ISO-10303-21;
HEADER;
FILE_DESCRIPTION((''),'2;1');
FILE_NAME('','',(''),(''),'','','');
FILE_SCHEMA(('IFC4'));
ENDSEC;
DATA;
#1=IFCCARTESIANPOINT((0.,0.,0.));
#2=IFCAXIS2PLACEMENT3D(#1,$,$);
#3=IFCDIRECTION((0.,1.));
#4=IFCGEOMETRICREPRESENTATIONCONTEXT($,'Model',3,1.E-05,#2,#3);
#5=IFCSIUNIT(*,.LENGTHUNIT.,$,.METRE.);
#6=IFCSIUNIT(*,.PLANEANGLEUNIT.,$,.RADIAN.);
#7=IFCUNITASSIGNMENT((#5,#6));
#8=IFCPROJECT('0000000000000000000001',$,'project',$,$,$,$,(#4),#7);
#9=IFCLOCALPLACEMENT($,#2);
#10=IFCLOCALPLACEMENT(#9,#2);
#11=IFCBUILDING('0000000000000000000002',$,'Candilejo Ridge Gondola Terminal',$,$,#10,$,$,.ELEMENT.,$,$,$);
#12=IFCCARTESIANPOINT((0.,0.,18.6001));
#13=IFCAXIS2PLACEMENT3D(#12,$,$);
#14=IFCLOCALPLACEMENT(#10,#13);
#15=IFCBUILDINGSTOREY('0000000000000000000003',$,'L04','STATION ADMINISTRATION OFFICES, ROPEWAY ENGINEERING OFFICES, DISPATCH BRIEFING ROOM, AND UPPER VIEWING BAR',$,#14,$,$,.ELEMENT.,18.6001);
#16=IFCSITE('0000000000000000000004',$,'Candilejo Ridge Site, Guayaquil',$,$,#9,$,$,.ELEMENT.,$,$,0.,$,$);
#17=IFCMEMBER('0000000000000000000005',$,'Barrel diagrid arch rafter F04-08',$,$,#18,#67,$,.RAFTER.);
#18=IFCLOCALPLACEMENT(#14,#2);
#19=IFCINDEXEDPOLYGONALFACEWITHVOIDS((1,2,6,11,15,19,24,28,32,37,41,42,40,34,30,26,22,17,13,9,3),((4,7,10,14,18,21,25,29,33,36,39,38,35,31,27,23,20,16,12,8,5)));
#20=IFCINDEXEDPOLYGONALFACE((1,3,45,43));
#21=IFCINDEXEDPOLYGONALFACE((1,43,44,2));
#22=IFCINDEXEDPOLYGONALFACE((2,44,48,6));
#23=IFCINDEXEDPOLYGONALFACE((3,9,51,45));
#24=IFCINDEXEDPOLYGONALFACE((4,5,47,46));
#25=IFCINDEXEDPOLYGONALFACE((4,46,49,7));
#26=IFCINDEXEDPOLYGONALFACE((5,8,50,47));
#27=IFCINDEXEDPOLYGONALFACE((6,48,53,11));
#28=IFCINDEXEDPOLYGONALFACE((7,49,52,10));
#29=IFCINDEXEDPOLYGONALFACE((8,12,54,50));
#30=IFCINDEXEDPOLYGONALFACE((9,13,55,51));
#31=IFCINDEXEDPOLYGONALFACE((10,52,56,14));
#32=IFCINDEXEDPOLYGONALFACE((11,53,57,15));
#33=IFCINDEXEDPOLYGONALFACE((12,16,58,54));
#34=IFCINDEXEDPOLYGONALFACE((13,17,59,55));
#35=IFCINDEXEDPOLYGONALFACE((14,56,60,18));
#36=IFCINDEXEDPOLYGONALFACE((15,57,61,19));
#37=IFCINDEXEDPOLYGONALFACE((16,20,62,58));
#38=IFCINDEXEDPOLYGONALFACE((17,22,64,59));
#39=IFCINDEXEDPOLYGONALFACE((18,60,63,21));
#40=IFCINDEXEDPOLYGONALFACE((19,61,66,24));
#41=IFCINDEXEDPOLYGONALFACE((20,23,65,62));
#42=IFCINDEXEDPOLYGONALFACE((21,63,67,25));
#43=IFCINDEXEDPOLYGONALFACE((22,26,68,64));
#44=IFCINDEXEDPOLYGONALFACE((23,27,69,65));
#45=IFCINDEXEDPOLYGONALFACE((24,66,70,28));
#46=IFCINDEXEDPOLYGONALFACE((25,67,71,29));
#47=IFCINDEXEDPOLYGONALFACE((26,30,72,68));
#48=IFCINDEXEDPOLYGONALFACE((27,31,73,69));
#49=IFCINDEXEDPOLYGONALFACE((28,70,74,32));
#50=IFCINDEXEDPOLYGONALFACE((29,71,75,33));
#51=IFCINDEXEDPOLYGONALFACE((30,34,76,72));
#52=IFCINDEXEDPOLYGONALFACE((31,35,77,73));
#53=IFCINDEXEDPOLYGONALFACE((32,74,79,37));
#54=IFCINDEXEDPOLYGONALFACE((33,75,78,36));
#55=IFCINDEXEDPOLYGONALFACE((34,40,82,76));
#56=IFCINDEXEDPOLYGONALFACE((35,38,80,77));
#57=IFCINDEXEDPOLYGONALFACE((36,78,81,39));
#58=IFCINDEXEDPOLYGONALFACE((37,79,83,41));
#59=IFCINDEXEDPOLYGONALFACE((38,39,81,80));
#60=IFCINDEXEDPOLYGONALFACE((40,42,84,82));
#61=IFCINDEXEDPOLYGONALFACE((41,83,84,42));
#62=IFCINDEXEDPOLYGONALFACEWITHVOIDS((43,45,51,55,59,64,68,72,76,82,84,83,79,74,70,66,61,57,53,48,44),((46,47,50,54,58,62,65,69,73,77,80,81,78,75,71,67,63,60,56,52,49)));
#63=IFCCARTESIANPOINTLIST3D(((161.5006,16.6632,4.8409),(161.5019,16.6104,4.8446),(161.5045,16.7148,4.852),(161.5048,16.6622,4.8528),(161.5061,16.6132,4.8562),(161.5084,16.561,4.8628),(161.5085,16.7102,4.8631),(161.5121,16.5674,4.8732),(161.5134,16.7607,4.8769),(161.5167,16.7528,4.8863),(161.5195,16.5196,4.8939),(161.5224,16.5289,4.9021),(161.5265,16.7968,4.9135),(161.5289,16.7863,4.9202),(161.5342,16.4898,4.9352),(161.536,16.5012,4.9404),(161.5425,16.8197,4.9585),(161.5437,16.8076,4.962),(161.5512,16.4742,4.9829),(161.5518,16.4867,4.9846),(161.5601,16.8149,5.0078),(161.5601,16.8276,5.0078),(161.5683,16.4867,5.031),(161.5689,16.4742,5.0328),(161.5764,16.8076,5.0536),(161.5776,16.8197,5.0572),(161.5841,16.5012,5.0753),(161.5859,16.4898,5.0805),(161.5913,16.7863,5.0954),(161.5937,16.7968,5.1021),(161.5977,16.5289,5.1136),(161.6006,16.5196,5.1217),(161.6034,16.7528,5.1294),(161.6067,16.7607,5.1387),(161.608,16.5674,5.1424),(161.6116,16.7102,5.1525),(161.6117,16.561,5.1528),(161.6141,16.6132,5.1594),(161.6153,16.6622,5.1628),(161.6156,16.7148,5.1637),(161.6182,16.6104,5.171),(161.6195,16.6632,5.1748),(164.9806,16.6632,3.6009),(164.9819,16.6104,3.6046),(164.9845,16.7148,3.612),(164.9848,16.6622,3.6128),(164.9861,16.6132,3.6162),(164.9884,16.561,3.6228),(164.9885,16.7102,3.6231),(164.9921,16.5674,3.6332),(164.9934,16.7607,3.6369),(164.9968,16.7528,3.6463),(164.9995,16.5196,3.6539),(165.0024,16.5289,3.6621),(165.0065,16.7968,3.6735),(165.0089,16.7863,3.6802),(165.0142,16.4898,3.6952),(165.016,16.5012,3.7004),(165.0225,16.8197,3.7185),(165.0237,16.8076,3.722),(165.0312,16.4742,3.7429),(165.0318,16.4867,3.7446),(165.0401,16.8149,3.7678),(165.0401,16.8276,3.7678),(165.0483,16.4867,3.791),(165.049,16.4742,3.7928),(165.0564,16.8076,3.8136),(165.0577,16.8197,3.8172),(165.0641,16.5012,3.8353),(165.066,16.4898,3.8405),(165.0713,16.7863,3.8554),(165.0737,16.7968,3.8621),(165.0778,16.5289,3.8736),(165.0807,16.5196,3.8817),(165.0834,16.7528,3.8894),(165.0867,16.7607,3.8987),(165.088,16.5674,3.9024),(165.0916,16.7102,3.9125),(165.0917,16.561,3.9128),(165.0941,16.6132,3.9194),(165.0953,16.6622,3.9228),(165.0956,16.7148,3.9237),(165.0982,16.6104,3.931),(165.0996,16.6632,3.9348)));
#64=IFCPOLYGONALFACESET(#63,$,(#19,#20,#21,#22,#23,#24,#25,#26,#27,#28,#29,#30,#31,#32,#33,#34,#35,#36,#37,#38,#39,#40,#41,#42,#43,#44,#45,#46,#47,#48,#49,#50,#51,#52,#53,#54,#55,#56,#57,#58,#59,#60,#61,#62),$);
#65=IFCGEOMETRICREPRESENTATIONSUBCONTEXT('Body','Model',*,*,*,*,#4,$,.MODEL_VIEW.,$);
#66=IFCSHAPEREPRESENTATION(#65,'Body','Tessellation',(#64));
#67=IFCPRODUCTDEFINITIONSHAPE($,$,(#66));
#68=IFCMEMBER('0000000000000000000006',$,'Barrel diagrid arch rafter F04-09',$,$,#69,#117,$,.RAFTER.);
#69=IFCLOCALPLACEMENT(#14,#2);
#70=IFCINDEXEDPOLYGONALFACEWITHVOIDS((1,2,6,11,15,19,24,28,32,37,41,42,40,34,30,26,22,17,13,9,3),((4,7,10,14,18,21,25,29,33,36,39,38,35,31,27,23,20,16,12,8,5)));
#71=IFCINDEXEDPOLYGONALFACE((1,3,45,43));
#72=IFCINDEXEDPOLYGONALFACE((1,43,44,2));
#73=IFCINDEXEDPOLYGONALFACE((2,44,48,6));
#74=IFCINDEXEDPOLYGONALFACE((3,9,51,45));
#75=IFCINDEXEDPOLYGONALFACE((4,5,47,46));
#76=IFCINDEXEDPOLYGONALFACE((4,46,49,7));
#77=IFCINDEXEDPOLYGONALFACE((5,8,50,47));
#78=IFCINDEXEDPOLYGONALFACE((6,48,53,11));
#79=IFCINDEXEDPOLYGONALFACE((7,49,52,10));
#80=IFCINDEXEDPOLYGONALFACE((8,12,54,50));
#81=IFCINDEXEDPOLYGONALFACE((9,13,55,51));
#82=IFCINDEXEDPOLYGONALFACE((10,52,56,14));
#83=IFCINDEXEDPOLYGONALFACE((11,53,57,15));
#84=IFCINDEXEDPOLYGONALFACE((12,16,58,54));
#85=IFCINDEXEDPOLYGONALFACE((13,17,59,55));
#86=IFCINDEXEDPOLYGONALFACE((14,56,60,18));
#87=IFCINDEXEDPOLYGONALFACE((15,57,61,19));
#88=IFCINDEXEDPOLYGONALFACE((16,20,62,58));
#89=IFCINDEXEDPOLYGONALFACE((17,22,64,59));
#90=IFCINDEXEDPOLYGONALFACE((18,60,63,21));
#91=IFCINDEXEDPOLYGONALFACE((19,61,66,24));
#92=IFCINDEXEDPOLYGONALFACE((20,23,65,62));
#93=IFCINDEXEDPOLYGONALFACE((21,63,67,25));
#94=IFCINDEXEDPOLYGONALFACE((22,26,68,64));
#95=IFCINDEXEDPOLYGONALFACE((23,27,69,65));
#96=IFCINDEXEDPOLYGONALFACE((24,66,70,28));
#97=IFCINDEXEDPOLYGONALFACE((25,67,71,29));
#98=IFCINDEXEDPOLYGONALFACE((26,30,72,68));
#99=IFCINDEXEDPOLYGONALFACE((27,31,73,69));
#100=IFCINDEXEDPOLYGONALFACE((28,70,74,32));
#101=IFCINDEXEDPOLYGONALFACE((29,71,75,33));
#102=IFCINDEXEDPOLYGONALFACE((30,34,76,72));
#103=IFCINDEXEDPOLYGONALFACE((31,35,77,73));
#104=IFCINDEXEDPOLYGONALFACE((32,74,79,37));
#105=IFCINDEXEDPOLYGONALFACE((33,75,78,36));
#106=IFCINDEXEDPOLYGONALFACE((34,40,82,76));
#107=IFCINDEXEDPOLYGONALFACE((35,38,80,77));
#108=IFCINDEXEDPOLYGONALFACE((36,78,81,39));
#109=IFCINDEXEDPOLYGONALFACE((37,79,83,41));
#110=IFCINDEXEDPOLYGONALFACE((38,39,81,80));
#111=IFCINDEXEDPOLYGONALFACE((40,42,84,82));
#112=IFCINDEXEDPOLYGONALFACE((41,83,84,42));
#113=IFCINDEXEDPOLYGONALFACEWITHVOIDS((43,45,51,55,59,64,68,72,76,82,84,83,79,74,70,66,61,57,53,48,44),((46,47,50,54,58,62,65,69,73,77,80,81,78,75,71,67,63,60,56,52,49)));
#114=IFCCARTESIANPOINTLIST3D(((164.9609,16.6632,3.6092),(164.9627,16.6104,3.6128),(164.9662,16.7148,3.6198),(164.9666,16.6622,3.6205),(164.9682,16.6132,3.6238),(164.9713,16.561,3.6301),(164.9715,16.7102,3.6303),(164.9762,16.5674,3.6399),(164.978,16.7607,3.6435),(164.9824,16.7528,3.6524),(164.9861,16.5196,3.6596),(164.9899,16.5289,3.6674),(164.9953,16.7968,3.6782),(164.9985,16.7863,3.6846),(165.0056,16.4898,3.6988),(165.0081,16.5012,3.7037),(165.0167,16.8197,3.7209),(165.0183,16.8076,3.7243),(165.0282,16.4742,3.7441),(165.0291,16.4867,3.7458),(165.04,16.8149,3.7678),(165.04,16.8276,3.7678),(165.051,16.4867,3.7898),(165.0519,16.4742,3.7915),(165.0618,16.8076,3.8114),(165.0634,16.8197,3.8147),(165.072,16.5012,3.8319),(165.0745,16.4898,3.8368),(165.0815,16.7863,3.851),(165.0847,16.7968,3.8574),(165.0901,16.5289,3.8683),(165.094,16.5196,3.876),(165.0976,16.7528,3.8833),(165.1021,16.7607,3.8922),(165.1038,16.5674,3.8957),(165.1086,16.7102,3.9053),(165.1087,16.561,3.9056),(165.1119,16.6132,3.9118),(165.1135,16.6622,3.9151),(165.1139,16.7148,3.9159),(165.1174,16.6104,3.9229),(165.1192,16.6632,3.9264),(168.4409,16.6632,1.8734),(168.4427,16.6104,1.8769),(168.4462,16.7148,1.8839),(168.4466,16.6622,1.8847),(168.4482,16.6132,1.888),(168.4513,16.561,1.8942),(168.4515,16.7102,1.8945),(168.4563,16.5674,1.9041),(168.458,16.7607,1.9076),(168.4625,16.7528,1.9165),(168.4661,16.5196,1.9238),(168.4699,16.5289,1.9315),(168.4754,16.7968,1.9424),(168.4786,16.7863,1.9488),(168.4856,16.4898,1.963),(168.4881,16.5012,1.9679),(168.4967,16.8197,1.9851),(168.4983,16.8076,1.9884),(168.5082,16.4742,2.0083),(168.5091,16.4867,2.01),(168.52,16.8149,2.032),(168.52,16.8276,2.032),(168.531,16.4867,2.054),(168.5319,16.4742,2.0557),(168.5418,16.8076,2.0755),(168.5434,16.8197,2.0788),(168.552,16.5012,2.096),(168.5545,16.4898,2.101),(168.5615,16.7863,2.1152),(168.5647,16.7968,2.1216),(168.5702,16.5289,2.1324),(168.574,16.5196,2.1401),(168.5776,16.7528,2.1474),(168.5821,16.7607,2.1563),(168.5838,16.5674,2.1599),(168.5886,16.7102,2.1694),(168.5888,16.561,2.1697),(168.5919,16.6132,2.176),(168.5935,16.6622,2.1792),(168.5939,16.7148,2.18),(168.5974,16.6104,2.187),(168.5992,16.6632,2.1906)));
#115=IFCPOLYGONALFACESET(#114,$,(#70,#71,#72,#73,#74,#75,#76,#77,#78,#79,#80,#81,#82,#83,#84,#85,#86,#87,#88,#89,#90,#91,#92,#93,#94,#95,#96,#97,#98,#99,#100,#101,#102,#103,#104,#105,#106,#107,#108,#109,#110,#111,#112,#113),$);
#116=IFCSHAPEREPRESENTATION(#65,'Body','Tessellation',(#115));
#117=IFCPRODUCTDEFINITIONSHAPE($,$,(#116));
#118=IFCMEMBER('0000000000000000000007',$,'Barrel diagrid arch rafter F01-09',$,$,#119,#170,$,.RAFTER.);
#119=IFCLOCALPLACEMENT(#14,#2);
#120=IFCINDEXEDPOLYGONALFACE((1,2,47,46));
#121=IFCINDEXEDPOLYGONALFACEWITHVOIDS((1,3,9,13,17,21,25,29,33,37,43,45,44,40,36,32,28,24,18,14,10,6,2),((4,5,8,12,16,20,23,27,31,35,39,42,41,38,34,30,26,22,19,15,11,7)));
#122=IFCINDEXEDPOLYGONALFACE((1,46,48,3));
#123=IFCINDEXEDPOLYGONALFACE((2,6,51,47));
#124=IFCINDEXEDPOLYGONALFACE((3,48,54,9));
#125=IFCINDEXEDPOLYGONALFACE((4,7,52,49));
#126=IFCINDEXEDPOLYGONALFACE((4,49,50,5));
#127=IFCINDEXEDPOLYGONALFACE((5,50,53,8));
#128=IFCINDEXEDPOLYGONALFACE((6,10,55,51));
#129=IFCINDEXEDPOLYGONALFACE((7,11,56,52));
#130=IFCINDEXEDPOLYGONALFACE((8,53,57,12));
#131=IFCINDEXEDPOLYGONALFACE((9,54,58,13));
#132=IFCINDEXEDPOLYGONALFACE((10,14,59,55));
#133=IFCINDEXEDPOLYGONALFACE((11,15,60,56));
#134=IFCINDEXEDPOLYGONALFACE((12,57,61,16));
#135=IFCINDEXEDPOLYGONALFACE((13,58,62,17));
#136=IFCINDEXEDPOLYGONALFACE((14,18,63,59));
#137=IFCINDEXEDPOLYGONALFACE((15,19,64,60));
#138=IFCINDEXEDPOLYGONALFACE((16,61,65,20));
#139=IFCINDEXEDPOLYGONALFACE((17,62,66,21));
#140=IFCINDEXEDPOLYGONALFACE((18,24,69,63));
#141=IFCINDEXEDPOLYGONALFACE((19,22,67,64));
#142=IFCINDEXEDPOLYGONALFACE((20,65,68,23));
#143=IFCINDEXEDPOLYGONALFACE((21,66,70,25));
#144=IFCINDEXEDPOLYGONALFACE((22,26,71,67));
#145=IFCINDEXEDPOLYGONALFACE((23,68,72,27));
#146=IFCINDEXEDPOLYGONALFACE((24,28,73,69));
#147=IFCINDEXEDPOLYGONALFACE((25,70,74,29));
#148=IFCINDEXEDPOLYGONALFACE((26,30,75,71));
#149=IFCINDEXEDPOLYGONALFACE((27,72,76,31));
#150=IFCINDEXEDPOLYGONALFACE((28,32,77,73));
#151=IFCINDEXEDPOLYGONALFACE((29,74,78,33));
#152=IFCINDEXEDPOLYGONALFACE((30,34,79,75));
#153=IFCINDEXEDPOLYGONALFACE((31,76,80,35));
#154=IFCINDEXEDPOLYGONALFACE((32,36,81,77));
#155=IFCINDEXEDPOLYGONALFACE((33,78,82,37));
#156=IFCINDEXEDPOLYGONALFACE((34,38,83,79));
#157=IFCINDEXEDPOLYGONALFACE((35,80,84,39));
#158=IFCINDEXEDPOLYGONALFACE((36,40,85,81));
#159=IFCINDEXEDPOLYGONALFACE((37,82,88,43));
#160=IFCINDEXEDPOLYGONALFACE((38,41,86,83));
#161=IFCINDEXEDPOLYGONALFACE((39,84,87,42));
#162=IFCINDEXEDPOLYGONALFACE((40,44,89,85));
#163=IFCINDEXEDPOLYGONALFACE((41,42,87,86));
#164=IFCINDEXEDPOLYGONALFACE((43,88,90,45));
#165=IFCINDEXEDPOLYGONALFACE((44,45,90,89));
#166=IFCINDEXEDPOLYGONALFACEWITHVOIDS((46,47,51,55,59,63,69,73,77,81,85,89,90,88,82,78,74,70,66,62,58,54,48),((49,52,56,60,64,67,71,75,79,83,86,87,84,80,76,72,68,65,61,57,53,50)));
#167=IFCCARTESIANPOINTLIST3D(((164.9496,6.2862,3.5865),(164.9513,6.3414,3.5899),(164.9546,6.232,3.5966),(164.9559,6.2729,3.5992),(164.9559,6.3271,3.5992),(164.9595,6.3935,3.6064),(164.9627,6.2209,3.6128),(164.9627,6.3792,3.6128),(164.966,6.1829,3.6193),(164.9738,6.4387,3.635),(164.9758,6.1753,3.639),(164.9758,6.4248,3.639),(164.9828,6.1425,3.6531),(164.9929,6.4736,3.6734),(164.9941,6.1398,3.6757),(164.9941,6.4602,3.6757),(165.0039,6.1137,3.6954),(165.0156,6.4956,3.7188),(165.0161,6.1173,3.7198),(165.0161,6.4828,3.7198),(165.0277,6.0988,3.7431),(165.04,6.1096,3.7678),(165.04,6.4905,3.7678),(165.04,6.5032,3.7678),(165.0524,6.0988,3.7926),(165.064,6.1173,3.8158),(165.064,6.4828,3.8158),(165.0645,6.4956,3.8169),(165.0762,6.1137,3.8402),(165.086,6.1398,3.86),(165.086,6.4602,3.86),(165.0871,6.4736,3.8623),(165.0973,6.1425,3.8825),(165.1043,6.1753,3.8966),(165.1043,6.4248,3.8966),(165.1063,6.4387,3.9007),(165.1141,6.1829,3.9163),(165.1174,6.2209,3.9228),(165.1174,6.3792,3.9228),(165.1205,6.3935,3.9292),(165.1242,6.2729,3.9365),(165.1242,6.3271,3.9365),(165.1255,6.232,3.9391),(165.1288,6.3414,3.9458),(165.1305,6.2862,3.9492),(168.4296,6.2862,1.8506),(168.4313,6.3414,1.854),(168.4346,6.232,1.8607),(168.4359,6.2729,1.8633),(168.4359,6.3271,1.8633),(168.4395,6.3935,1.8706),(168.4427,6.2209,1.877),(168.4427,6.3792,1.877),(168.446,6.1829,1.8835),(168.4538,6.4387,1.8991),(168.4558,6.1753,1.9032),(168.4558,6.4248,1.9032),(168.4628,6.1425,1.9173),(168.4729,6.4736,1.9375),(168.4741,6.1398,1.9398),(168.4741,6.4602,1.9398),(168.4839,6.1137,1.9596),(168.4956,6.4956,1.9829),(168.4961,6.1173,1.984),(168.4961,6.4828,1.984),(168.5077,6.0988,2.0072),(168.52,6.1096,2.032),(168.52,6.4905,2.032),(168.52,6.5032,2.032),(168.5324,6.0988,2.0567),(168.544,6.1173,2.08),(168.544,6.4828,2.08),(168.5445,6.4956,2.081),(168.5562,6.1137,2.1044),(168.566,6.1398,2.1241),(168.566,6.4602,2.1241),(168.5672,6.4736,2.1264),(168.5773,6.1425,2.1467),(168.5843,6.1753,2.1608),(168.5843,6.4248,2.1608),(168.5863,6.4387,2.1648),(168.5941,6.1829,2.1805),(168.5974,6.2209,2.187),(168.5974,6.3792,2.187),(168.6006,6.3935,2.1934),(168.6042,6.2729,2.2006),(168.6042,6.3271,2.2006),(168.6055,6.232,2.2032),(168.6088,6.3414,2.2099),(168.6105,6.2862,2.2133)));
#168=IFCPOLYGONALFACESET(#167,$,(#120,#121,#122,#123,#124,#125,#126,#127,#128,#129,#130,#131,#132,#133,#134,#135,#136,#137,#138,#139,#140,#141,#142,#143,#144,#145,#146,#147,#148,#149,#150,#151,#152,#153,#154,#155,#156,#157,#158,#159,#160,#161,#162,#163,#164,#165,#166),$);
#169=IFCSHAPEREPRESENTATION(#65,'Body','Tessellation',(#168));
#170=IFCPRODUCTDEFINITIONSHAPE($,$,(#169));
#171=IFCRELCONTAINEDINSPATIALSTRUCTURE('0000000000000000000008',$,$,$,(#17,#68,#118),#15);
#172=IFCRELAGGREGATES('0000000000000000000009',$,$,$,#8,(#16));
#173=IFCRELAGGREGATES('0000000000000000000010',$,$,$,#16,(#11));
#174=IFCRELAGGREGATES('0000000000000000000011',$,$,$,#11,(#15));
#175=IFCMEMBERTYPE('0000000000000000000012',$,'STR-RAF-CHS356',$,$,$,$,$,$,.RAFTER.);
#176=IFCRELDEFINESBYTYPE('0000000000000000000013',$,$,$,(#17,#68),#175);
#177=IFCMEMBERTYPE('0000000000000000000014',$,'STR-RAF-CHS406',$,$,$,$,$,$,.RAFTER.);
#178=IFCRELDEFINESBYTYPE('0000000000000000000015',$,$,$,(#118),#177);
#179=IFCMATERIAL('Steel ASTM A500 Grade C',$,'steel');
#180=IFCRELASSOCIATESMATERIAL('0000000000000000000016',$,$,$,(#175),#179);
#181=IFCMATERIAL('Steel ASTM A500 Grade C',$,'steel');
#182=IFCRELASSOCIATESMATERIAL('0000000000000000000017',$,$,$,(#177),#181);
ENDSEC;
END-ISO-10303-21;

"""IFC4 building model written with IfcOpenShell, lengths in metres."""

from ifc_helpers import new_model, si_unit, direction, frame, origin, origin_2d, place, context, subcontext, project, spatial, hollow_circle, extrude, material, material_profile, profile_set, type_object, element, save


model = new_model("IFC4")

# Units and contexts
model_context = context("Model", 3, precision=1e-05, world=origin(), true_north=direction((0.0, 1.0)))
body_context = subcontext(model_context, "Body", "Model", "MODEL_VIEW")
ifc_project = project(units=[si_unit("LENGTHUNIT", "METRE"), si_unit("PLANEANGLEUNIT", "RADIAN")], contexts=[model_context])

# Site, building, storey
site_placement = place(None, origin())
site = spatial("IfcSite", under=ifc_project, at=site_placement, Name="Candilejo Ridge Site, Guayaquil", CompositionType="ELEMENT", RefElevation=0.0)
building_placement = place(site_placement, origin())
building = spatial("IfcBuilding", under=site, at=building_placement, Name="Candilejo Ridge Gondola Terminal", CompositionType="ELEMENT")
storey_placement = place(building_placement, frame((0.0, 0.0, 18.6001)))
storey = spatial("IfcBuildingStorey", under=building, at=storey_placement, Name="L04", Description="STATION ADMINISTRATION OFFICES, ROPEWAY ENGINEERING OFFICES, DISPATCH BRIEFING ROOM, AND UPPER VIEWING BAR", CompositionType="ELEMENT", Elevation=18.6001)

# Members
ifc_material_1 = material(Name="Steel ASTM A500 Grade C", Category="steel")
ifc_material_profile_1 = material_profile(ifc_material_1, hollow_circle(Radius=0.1777, WallThickness=0.0127, at=origin_2d()))
ifc_profile_set_1 = profile_set([ifc_material_profile_1], Name="Steel ASTM A500 Grade C")
member_type_1 = type_object("IfcMemberType", Name="STR-RAF-CHS356", PredefinedType="RAFTER", material=ifc_profile_set_1)
member_1_placement = place(storey_placement, frame((161.5601, 16.6499, 5.0078), z_axis=(0.941987, 0.0, -0.33565), x_axis=(0.0, 1.0, 0.0)))
element("IfcMember", 1, at=member_1_placement, inside=storey, type_object=member_type_1, Name="Barrel diagrid arch rafter F04-08", PredefinedType="RAFTER", context=body_context, shape_type="SweptSolid", body=[
    extrude(hollow_circle(Radius=0.1777, WallThickness=0.0127, at=origin_2d()), origin(), (0.0, 0.0, 1.0), 3.6943),
])
member_2_placement = place(storey_placement, frame((165.04, 16.6499, 3.7678), z_axis=(0.894854, 0.0, -0.44636), x_axis=(0.0, 1.0, 0.0)))
element("IfcMember", 2, at=member_2_placement, inside=storey, type_object=member_type_1, Name="Barrel diagrid arch rafter F04-09", PredefinedType="RAFTER", context=body_context, shape_type="SweptSolid", body=[
    extrude(hollow_circle(Radius=0.1777, WallThickness=0.0127, at=origin_2d()), origin(), (0.0, 0.0, 1.0), 3.8889),
])
ifc_material_2 = material(Name="Steel ASTM A500 Grade C", Category="steel")
ifc_material_profile_2 = material_profile(ifc_material_2, hollow_circle(Radius=0.2031, WallThickness=0.0127, at=origin_2d()))
ifc_profile_set_2 = profile_set([ifc_material_profile_2], Name="Steel ASTM A500 Grade C")
member_type_2 = type_object("IfcMemberType", Name="STR-RAF-CHS406", PredefinedType="RAFTER", material=ifc_profile_set_2)
member_3_placement = place(storey_placement, frame((165.04, 6.3, 3.7678), z_axis=(0.894854, 0.0, -0.44636), x_axis=(0.0, 1.0, 0.0)))
element("IfcMember", 3, at=member_3_placement, inside=storey, type_object=member_type_2, Name="Barrel diagrid arch rafter F01-09", PredefinedType="RAFTER", context=body_context, shape_type="SweptSolid", body=[
    extrude(hollow_circle(Radius=0.2031, WallThickness=0.0127, at=origin_2d()), origin(), (0.0, 0.0, 1.0), 3.8889),
])

save(model, "model.ifc")
